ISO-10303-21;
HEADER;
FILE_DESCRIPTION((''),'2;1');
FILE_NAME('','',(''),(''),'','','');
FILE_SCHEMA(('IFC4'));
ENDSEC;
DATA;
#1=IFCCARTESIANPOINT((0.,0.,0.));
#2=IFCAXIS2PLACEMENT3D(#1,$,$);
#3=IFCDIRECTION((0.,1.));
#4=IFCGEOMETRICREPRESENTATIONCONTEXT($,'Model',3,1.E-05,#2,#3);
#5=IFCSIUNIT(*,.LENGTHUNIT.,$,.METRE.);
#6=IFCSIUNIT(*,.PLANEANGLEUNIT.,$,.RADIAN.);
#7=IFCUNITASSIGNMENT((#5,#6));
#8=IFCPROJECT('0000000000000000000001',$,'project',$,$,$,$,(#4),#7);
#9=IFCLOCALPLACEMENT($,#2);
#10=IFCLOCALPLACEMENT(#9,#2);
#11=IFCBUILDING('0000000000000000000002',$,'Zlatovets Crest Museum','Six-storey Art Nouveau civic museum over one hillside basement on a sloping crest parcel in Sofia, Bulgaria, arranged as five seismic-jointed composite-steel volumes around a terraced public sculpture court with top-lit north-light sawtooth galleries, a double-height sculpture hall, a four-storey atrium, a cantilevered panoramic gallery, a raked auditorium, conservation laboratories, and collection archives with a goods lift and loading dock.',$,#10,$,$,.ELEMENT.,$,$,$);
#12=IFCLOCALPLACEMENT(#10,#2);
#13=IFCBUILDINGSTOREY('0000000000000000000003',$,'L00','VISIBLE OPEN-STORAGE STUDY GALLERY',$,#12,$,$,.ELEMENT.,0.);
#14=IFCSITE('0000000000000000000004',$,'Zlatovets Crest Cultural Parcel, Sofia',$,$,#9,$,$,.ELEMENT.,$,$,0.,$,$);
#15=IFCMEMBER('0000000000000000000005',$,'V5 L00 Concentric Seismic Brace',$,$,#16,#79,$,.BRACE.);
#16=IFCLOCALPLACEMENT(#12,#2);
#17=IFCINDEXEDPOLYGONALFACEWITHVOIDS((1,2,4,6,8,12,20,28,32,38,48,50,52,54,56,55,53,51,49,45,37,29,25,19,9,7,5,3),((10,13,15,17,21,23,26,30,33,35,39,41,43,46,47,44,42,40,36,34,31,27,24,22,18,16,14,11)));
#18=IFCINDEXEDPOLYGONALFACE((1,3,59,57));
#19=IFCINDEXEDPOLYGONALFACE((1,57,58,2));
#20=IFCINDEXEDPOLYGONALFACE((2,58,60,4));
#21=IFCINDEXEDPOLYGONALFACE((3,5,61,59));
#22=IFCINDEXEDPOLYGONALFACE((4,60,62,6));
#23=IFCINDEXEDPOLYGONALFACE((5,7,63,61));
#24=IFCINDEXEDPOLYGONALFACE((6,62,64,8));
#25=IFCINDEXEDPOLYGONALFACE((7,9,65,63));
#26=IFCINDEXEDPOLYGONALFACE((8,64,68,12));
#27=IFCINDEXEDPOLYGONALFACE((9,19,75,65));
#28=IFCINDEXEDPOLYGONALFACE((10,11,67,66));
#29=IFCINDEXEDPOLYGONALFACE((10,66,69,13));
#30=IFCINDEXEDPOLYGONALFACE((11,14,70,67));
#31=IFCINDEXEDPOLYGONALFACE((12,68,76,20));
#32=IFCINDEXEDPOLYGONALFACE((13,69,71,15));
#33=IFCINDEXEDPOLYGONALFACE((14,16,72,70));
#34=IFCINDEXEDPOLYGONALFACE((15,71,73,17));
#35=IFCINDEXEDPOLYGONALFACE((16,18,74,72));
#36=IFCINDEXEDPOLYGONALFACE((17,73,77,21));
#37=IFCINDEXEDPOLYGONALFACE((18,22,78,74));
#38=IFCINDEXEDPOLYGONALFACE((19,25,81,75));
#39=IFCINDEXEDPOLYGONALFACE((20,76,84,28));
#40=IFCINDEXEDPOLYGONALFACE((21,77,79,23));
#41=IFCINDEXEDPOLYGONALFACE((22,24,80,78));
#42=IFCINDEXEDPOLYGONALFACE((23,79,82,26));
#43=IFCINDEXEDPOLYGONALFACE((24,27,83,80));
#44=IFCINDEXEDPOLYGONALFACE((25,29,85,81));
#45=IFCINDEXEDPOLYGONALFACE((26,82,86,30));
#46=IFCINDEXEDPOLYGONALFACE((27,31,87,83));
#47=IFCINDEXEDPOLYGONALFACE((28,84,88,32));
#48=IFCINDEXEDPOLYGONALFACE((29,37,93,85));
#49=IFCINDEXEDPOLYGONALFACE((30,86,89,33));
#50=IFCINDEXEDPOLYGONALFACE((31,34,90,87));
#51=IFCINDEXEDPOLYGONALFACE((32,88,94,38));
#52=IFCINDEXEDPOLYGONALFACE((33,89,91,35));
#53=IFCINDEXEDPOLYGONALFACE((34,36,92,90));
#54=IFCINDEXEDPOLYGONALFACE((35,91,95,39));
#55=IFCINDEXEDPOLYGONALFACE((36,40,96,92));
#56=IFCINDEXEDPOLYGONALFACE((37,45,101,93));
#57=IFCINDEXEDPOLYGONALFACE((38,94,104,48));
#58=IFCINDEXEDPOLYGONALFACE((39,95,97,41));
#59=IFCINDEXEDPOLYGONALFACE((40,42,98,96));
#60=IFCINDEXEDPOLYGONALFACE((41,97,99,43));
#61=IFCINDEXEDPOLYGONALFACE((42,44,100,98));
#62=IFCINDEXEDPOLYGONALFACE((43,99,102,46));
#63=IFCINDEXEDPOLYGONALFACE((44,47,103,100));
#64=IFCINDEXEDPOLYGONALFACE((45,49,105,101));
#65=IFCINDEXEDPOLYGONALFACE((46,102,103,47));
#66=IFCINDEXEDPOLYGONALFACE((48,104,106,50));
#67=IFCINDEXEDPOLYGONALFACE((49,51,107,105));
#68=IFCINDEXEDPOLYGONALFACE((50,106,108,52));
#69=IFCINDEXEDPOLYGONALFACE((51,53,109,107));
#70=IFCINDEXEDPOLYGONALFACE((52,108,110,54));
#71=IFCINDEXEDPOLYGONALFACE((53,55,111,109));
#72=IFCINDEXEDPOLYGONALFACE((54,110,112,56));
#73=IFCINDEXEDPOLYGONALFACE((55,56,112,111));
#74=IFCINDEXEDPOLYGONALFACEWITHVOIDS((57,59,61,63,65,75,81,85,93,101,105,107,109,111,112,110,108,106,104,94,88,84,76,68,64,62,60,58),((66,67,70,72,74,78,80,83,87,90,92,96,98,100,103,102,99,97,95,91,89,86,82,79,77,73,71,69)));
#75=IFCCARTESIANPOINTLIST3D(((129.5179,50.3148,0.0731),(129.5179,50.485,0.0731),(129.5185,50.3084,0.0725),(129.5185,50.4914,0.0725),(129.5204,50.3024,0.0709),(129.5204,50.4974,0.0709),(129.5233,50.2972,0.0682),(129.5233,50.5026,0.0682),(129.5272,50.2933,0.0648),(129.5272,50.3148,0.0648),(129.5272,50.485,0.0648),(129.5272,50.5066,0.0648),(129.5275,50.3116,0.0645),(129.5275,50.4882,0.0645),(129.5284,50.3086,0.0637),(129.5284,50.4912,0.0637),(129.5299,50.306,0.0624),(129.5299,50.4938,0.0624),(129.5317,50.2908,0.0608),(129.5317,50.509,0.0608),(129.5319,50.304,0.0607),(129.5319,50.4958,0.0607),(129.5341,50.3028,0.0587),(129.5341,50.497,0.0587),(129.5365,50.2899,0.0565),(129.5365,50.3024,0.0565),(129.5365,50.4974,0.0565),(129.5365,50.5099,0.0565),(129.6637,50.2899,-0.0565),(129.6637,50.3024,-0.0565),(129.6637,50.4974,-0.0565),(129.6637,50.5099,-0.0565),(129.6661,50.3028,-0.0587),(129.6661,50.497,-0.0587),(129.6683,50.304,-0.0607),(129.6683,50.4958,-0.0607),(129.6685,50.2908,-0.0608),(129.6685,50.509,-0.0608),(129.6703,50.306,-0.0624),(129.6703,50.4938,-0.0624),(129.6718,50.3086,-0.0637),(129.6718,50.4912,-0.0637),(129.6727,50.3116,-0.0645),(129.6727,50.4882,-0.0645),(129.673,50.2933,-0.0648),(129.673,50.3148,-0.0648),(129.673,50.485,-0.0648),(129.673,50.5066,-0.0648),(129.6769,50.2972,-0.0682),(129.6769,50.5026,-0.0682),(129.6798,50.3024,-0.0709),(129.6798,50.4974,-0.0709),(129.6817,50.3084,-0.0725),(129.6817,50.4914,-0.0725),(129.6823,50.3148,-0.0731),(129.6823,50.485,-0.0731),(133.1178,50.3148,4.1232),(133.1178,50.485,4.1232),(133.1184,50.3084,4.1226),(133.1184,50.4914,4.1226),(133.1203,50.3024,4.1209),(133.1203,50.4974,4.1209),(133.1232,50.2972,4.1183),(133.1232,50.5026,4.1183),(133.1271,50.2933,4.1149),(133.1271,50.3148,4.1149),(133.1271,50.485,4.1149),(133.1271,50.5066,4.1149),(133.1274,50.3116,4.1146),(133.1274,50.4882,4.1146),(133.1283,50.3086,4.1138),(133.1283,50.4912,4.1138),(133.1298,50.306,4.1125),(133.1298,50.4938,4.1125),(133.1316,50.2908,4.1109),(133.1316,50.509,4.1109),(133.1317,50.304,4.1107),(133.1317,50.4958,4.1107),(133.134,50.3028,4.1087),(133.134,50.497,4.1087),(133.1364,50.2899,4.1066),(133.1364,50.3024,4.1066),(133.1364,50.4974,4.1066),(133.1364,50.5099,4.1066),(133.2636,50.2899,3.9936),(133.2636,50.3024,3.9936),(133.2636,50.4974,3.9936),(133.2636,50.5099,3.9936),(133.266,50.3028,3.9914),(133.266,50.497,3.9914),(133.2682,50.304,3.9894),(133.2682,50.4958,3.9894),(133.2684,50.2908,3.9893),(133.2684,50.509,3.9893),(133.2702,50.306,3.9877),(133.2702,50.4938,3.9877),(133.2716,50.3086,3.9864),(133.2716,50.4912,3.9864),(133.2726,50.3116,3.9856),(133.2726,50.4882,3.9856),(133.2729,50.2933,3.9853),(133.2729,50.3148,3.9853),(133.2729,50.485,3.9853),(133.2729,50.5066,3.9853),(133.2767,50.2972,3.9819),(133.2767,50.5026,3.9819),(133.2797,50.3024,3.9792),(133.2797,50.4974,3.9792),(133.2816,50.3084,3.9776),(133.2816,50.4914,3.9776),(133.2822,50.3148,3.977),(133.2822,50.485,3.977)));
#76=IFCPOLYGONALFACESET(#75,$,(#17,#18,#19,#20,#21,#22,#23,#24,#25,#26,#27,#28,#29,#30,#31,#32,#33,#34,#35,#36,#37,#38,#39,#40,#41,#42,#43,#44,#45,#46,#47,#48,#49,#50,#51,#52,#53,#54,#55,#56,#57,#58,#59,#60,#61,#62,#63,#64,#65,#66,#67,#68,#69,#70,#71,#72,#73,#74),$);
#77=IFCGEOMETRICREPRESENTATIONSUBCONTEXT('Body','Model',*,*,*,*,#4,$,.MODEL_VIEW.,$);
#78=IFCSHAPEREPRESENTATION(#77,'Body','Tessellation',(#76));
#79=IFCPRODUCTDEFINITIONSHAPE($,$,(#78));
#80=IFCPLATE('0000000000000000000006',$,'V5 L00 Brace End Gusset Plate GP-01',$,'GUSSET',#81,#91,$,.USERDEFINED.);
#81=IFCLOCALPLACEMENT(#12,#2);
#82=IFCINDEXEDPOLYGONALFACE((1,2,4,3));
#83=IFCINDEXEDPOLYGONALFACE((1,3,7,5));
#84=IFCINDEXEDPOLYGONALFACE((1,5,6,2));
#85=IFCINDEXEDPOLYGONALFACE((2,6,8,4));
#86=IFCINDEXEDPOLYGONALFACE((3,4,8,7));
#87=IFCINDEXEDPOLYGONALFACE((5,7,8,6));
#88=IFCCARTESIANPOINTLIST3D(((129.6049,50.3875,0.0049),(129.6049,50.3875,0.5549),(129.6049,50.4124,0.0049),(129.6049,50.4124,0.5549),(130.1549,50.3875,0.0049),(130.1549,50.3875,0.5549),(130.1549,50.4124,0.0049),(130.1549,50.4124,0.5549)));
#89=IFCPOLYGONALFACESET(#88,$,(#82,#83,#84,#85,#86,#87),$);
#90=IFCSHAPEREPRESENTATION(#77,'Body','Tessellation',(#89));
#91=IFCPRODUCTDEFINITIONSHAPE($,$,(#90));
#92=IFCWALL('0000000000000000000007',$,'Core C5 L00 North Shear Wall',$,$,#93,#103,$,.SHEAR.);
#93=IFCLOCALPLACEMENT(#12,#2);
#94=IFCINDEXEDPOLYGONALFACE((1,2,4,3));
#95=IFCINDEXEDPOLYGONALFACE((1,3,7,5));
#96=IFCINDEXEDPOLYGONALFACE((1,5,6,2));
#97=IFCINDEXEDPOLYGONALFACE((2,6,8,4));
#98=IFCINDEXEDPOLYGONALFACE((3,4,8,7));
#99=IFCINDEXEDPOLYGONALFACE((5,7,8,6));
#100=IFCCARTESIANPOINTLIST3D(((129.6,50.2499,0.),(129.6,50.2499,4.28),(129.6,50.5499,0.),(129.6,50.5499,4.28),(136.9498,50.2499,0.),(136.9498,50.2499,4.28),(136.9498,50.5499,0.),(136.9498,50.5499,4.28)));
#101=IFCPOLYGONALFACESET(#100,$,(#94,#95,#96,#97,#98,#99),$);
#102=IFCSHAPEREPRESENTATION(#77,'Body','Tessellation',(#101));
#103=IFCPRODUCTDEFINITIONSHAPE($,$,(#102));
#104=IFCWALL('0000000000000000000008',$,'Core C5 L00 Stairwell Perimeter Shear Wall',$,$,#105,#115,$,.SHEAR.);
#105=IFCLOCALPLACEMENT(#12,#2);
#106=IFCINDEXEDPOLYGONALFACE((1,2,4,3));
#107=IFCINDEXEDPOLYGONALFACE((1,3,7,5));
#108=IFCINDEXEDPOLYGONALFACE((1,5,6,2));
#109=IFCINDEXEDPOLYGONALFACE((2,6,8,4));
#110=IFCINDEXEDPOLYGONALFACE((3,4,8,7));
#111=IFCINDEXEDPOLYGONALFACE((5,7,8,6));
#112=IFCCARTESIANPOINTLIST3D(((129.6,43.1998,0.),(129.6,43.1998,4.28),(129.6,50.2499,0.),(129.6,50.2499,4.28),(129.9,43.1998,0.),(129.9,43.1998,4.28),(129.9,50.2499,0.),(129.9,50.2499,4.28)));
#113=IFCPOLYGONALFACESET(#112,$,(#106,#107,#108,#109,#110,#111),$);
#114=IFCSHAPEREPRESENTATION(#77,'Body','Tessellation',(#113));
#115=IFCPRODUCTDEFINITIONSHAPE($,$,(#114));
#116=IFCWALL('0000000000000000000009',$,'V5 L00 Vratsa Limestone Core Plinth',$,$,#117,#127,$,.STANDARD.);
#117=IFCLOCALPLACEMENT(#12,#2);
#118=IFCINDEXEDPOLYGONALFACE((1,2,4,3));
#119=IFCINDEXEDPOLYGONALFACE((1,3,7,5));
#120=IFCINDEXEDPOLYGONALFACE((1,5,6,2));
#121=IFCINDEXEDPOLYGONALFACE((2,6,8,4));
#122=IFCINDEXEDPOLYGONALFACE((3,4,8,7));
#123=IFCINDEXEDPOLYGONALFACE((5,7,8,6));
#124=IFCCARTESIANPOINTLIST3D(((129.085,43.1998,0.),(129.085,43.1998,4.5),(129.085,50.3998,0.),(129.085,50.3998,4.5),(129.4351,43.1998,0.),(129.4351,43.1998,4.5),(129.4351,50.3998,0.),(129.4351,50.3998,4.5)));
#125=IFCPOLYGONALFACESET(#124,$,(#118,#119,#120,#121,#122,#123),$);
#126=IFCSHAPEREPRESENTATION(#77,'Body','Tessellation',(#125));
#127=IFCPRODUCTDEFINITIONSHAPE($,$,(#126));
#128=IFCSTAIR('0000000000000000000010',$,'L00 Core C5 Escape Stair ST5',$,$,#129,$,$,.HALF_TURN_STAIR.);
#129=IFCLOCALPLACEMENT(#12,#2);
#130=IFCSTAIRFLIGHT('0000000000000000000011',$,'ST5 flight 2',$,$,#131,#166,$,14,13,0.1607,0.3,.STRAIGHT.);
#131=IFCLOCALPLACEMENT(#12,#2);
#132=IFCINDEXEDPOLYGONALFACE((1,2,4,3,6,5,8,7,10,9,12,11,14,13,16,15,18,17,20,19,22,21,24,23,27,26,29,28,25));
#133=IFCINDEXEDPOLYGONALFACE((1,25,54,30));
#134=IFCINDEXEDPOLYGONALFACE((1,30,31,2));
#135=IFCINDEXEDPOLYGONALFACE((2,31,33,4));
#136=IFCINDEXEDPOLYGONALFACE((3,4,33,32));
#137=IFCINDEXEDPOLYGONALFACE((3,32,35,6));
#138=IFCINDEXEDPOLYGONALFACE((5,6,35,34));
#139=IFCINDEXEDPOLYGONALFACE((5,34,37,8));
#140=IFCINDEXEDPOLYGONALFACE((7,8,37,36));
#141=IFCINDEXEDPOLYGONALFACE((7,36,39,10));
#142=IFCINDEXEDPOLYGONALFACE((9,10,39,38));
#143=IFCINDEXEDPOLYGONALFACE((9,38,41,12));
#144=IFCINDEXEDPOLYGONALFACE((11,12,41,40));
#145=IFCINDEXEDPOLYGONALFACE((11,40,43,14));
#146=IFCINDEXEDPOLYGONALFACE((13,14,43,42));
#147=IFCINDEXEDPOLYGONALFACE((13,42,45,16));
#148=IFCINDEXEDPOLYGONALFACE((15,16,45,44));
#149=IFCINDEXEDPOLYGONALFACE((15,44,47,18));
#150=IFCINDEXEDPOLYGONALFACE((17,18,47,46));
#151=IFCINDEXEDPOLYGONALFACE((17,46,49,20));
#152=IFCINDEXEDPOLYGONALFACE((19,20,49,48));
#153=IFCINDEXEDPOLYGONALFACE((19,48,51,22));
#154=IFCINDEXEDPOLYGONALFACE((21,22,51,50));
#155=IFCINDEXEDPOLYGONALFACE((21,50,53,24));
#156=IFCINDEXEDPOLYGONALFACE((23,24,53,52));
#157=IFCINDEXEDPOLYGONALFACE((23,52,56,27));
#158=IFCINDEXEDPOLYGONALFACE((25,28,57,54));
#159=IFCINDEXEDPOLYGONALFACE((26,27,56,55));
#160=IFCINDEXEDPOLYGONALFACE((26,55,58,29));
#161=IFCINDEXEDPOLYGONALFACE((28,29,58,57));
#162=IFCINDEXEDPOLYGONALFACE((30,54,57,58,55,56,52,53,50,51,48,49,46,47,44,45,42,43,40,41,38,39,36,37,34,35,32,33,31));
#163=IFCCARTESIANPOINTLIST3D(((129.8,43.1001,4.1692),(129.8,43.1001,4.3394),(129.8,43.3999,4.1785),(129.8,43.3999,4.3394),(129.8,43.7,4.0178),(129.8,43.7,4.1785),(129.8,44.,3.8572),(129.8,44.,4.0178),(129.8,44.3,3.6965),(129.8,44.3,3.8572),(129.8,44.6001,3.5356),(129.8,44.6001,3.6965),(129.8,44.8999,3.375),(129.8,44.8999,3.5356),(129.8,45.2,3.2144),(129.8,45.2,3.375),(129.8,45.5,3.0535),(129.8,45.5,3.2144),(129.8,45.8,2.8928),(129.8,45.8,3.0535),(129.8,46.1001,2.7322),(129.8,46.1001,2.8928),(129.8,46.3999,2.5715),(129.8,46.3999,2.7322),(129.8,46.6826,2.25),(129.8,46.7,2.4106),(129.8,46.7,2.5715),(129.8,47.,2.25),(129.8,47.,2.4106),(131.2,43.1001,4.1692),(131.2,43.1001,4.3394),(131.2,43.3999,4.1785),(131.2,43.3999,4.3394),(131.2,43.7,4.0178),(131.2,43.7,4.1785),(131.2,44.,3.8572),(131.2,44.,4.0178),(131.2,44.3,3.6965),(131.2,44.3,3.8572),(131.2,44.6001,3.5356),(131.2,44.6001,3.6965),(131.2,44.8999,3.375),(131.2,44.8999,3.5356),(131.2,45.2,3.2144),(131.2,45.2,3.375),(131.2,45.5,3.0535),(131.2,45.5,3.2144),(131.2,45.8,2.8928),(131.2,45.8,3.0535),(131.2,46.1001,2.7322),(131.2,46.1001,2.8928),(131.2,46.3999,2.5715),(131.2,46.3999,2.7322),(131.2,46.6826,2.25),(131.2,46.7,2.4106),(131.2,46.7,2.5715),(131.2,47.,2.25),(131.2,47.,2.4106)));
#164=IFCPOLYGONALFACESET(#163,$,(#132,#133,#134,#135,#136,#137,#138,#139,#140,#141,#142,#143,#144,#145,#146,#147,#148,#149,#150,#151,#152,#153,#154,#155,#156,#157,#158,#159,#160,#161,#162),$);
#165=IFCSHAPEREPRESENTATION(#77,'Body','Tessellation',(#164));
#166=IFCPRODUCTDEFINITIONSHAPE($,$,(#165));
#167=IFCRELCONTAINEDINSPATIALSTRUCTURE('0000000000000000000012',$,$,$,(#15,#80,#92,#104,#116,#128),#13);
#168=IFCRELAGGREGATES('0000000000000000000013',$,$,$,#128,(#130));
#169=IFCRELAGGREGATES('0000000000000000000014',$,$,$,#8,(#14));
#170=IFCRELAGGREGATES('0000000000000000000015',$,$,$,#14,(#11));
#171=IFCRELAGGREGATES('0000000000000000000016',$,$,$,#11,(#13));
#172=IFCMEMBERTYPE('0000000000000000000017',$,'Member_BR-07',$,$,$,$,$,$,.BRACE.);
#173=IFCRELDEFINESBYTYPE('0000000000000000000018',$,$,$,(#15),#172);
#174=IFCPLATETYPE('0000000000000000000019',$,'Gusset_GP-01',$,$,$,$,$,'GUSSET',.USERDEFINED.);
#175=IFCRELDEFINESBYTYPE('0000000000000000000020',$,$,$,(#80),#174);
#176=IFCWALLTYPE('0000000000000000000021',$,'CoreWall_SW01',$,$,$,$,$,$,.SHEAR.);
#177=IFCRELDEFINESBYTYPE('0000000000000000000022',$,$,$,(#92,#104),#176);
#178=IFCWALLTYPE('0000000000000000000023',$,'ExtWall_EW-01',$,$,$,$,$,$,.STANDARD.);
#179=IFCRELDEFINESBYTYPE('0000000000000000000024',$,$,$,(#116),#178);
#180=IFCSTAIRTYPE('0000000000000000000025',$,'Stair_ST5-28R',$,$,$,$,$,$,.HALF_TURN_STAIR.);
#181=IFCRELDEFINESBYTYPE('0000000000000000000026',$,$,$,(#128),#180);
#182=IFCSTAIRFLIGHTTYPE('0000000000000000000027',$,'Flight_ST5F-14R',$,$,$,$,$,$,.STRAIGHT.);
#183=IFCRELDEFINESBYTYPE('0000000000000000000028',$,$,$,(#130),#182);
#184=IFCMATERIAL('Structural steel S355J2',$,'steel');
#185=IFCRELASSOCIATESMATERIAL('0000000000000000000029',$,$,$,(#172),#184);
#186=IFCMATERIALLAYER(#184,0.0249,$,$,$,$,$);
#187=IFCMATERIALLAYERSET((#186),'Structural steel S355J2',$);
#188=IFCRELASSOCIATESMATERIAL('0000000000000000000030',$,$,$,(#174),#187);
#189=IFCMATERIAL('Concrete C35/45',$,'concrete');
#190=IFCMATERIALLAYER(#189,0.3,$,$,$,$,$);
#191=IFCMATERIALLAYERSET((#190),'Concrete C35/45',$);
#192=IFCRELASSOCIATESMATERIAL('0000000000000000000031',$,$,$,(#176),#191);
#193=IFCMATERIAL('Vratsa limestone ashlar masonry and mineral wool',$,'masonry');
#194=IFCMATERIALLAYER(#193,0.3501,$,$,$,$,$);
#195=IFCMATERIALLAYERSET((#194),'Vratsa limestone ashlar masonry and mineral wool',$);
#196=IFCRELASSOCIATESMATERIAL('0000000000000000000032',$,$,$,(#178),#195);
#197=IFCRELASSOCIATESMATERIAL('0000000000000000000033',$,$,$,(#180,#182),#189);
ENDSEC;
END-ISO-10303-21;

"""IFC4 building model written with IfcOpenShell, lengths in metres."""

from ifc_helpers import new_model, si_unit, direction, frame, frame_2d, origin, origin_2d, place, context, subcontext, project, spatial, polyline, rectangle, hollow_rectangle, outline, extrude, material, layer, layer_set, material_profile, profile_set, type_object, element, aggregate, save


model = new_model("IFC4")

# Units and contexts
model_context = context("Model", 3, precision=1e-05, world=origin(), true_north=direction((0.0, 1.0)))
body_context = subcontext(model_context, "Body", "Model", "MODEL_VIEW")
ifc_project = project(units=[si_unit("LENGTHUNIT", "METRE"), si_unit("PLANEANGLEUNIT", "RADIAN")], contexts=[model_context])

# Site, building, storey
site_placement = place(None, origin())
site = spatial("IfcSite", under=ifc_project, at=site_placement, Name="Zlatovets Crest Cultural Parcel, Sofia", CompositionType="ELEMENT", RefElevation=0.0)
building_placement = place(site_placement, origin())
building = spatial("IfcBuilding", under=site, at=building_placement, Name="Zlatovets Crest Museum", Description="Six-storey Art Nouveau civic museum over one hillside basement on a sloping crest parcel in Sofia, Bulgaria, arranged as five seismic-jointed composite-steel volumes around a terraced public sculpture court with top-lit north-light sawtooth galleries, a double-height sculpture hall, a four-storey atrium, a cantilevered panoramic gallery, a raked auditorium, conservation laboratories, and collection archives with a goods lift and loading dock.", CompositionType="ELEMENT")
storey_placement = place(building_placement, origin())
storey = spatial("IfcBuildingStorey", under=building, at=storey_placement, Name="L00", Description="VISIBLE OPEN-STORAGE STUDY GALLERY", CompositionType="ELEMENT", Elevation=0.0)

# Shared definitions
ifc_material_1 = material(Name="Structural steel S355J2", Category="steel")

# Member
ifc_material_profile_1 = material_profile(ifc_material_1, hollow_rectangle(XDim=0.22, YDim=0.22, WallThickness=0.0125, InnerFilletRadius=0.0125, OuterFilletRadius=0.0249, at=origin_2d()), Name="SHS 220x220x12.5")
ifc_profile_set_1 = profile_set([ifc_material_profile_1], Name="Structural steel S355J2")
member_type = type_object("IfcMemberType", Name="Member_BR-07", PredefinedType="BRACE", material=ifc_profile_set_1)
member_placement = place(storey_placement, frame((129.6001, 50.3999, 0.0), z_axis=(0.664344, 0.0, 0.747427), x_axis=(0.0, 1.0, 0.0)))
element("IfcMember", 1, at=member_placement, inside=storey, type_object=member_type, Name="V5 L00 Concentric Seismic Brace", PredefinedType="BRACE", context=body_context, shape_type="SweptSolid", body=[
    extrude(hollow_rectangle(XDim=0.22, YDim=0.22, WallThickness=0.0125, InnerFilletRadius=0.0125, OuterFilletRadius=0.0249, at=origin_2d()), origin(), (0.0, 0.0, 1.0), 5.4187),
])

# Plate
ifc_layer_1 = layer(ifc_material_1, 0.0249)
ifc_layer_set_1 = layer_set([ifc_layer_1], Name="Structural steel S355J2")
plate_type = type_object("IfcPlateType", Name="Gusset_GP-01", ElementType="GUSSET", PredefinedType="USERDEFINED", material=ifc_layer_set_1)
plate_placement = place(storey_placement, frame((129.8799, 50.3999, 0.0049), z_axis=(0.0, 0.0, 1.0), x_axis=(1.0, 0.0, 0.0)))
element("IfcPlate", 2, at=plate_placement, inside=storey, type_object=plate_type, Name="V5 L00 Brace End Gusset Plate GP-01", ObjectType="GUSSET", PredefinedType="USERDEFINED", context=body_context, shape_type="SweptSolid", body=[
    extrude(rectangle(XDim=0.55, YDim=0.0249, at=origin_2d()), origin(), (0.0, 0.0, 1.0), 0.55),
])

# Walls
ifc_material_2 = material(Name="Concrete C35/45", Category="concrete")
ifc_layer_2 = layer(ifc_material_2, 0.3)
ifc_layer_set_2 = layer_set([ifc_layer_2], Name="Concrete C35/45")
wall_type_1 = type_object("IfcWallType", Name="CoreWall_SW01", PredefinedType="SHEAR", material=ifc_layer_set_2)
wall_1_placement = place(storey_placement, frame((129.6001, 50.3999, 0.0), z_axis=(0.0, 0.0, 1.0), x_axis=(1.0, 0.0, 0.0)))
element("IfcWall", 3, at=wall_1_placement, inside=storey, type_object=wall_type_1, Name="Core C5 L00 North Shear Wall", PredefinedType="SHEAR", context=body_context, shape_type="SweptSolid", body=[
    extrude(rectangle(XDim=7.3499, YDim=0.3, at=frame_2d((3.6748, 0.0))), origin(), (0.0, 0.0, 1.0), 4.28),
])
wall_2_placement = place(storey_placement, frame((129.75, 43.2, 0.0), z_axis=(0.0, 0.0, 1.0), x_axis=(0.0, 1.0, 0.0)))
element("IfcWall", 4, at=wall_2_placement, inside=storey, type_object=wall_type_1, Name="Core C5 L00 Stairwell Perimeter Shear Wall", PredefinedType="SHEAR", context=body_context, shape_type="SweptSolid", body=[
    extrude(rectangle(XDim=7.05, YDim=0.3, at=frame_2d((3.5249, 0.0))), origin(), (0.0, 0.0, 1.0), 4.28),
])
ifc_material_3 = material(Name="Vratsa limestone ashlar masonry and mineral wool", Category="masonry")
ifc_layer_3 = layer(ifc_material_3, 0.3501)
ifc_layer_set_3 = layer_set([ifc_layer_3], Name="Vratsa limestone ashlar masonry and mineral wool")
wall_type_2 = type_object("IfcWallType", Name="ExtWall_EW-01", PredefinedType="STANDARD", material=ifc_layer_set_3)
wall_3_placement = place(storey_placement, frame((129.26, 50.3999, 0.0), z_axis=(0.0, 0.0, 1.0), x_axis=(0.0, -1.0, 0.0)))
element("IfcWall", 5, at=wall_3_placement, inside=storey, type_object=wall_type_2, Name="V5 L00 Vratsa Limestone Core Plinth", PredefinedType="STANDARD", context=body_context, shape_type="SweptSolid", body=[
    extrude(rectangle(XDim=7.2, YDim=0.3501, at=frame_2d((3.6001, 0.0))), origin(), (0.0, 0.0, 1.0), 4.5),
])

# Stair, stair flight
stair_type = type_object("IfcStairType", Name="Stair_ST5-28R", PredefinedType="HALF_TURN_STAIR", material=ifc_material_2)
stair_placement = place(storey_placement, origin())
stair = element("IfcStair", 6, at=stair_placement, inside=storey, type_object=stair_type, Name="L00 Core C5 Escape Stair ST5", PredefinedType="HALF_TURN_STAIR")
stair_flight_type = type_object("IfcStairFlightType", Name="Flight_ST5F-14R", PredefinedType="STRAIGHT", material=ifc_material_2)
stair_flight_placement = place(storey_placement, frame((130.5, 47.0, 2.25), z_axis=(0.0, 0.0, 1.0), x_axis=(0.0, -1.0, 0.0)))
stair_flight = element("IfcStairFlight", 7, at=stair_flight_placement, type_object=stair_flight_type, Name="ST5 flight 2", NumberOfRisers=14, NumberOfTreads=13, PredefinedType="STRAIGHT", RiserHeight=0.1607, TreadLength=0.3, context=body_context, shape_type="SweptSolid", body=[
    extrude(outline(polyline([(0.0, 0.0), (0.0, 0.1606), (0.3, 0.1606), (0.3, 0.3215), (0.6001, 0.3215), (0.6001, 0.4822), (0.8999, 0.4822), (0.8999, 0.6428), (1.2, 0.6428), (1.2, 0.8035), (1.5, 0.8035), (1.5, 0.9644), (1.8, 0.9644), (1.8, 1.125), (2.1001, 1.125), (2.1001, 1.2856), (2.3999, 1.2856), (2.3999, 1.4465), (2.7, 1.4465), (2.7, 1.6072), (3.0, 1.6072), (3.0, 1.7678), (3.3, 1.7678), (3.3, 1.9285), (3.6001, 1.9285), (3.6001, 2.0894), (3.8999, 2.0894), (3.8999, 2.25), (3.8999, 1.9192), (0.3174, 0.0), (0.0, 0.0)])), frame((0.0, 0.7, 0.0), z_axis=(0.0, -1.0, 0.0), x_axis=(1.0, 0.0, 0.0)), (0.0, 0.0, 1.0), 1.3999),
])
aggregate(stair, [stair_flight])

save(model, "model.ifc")
